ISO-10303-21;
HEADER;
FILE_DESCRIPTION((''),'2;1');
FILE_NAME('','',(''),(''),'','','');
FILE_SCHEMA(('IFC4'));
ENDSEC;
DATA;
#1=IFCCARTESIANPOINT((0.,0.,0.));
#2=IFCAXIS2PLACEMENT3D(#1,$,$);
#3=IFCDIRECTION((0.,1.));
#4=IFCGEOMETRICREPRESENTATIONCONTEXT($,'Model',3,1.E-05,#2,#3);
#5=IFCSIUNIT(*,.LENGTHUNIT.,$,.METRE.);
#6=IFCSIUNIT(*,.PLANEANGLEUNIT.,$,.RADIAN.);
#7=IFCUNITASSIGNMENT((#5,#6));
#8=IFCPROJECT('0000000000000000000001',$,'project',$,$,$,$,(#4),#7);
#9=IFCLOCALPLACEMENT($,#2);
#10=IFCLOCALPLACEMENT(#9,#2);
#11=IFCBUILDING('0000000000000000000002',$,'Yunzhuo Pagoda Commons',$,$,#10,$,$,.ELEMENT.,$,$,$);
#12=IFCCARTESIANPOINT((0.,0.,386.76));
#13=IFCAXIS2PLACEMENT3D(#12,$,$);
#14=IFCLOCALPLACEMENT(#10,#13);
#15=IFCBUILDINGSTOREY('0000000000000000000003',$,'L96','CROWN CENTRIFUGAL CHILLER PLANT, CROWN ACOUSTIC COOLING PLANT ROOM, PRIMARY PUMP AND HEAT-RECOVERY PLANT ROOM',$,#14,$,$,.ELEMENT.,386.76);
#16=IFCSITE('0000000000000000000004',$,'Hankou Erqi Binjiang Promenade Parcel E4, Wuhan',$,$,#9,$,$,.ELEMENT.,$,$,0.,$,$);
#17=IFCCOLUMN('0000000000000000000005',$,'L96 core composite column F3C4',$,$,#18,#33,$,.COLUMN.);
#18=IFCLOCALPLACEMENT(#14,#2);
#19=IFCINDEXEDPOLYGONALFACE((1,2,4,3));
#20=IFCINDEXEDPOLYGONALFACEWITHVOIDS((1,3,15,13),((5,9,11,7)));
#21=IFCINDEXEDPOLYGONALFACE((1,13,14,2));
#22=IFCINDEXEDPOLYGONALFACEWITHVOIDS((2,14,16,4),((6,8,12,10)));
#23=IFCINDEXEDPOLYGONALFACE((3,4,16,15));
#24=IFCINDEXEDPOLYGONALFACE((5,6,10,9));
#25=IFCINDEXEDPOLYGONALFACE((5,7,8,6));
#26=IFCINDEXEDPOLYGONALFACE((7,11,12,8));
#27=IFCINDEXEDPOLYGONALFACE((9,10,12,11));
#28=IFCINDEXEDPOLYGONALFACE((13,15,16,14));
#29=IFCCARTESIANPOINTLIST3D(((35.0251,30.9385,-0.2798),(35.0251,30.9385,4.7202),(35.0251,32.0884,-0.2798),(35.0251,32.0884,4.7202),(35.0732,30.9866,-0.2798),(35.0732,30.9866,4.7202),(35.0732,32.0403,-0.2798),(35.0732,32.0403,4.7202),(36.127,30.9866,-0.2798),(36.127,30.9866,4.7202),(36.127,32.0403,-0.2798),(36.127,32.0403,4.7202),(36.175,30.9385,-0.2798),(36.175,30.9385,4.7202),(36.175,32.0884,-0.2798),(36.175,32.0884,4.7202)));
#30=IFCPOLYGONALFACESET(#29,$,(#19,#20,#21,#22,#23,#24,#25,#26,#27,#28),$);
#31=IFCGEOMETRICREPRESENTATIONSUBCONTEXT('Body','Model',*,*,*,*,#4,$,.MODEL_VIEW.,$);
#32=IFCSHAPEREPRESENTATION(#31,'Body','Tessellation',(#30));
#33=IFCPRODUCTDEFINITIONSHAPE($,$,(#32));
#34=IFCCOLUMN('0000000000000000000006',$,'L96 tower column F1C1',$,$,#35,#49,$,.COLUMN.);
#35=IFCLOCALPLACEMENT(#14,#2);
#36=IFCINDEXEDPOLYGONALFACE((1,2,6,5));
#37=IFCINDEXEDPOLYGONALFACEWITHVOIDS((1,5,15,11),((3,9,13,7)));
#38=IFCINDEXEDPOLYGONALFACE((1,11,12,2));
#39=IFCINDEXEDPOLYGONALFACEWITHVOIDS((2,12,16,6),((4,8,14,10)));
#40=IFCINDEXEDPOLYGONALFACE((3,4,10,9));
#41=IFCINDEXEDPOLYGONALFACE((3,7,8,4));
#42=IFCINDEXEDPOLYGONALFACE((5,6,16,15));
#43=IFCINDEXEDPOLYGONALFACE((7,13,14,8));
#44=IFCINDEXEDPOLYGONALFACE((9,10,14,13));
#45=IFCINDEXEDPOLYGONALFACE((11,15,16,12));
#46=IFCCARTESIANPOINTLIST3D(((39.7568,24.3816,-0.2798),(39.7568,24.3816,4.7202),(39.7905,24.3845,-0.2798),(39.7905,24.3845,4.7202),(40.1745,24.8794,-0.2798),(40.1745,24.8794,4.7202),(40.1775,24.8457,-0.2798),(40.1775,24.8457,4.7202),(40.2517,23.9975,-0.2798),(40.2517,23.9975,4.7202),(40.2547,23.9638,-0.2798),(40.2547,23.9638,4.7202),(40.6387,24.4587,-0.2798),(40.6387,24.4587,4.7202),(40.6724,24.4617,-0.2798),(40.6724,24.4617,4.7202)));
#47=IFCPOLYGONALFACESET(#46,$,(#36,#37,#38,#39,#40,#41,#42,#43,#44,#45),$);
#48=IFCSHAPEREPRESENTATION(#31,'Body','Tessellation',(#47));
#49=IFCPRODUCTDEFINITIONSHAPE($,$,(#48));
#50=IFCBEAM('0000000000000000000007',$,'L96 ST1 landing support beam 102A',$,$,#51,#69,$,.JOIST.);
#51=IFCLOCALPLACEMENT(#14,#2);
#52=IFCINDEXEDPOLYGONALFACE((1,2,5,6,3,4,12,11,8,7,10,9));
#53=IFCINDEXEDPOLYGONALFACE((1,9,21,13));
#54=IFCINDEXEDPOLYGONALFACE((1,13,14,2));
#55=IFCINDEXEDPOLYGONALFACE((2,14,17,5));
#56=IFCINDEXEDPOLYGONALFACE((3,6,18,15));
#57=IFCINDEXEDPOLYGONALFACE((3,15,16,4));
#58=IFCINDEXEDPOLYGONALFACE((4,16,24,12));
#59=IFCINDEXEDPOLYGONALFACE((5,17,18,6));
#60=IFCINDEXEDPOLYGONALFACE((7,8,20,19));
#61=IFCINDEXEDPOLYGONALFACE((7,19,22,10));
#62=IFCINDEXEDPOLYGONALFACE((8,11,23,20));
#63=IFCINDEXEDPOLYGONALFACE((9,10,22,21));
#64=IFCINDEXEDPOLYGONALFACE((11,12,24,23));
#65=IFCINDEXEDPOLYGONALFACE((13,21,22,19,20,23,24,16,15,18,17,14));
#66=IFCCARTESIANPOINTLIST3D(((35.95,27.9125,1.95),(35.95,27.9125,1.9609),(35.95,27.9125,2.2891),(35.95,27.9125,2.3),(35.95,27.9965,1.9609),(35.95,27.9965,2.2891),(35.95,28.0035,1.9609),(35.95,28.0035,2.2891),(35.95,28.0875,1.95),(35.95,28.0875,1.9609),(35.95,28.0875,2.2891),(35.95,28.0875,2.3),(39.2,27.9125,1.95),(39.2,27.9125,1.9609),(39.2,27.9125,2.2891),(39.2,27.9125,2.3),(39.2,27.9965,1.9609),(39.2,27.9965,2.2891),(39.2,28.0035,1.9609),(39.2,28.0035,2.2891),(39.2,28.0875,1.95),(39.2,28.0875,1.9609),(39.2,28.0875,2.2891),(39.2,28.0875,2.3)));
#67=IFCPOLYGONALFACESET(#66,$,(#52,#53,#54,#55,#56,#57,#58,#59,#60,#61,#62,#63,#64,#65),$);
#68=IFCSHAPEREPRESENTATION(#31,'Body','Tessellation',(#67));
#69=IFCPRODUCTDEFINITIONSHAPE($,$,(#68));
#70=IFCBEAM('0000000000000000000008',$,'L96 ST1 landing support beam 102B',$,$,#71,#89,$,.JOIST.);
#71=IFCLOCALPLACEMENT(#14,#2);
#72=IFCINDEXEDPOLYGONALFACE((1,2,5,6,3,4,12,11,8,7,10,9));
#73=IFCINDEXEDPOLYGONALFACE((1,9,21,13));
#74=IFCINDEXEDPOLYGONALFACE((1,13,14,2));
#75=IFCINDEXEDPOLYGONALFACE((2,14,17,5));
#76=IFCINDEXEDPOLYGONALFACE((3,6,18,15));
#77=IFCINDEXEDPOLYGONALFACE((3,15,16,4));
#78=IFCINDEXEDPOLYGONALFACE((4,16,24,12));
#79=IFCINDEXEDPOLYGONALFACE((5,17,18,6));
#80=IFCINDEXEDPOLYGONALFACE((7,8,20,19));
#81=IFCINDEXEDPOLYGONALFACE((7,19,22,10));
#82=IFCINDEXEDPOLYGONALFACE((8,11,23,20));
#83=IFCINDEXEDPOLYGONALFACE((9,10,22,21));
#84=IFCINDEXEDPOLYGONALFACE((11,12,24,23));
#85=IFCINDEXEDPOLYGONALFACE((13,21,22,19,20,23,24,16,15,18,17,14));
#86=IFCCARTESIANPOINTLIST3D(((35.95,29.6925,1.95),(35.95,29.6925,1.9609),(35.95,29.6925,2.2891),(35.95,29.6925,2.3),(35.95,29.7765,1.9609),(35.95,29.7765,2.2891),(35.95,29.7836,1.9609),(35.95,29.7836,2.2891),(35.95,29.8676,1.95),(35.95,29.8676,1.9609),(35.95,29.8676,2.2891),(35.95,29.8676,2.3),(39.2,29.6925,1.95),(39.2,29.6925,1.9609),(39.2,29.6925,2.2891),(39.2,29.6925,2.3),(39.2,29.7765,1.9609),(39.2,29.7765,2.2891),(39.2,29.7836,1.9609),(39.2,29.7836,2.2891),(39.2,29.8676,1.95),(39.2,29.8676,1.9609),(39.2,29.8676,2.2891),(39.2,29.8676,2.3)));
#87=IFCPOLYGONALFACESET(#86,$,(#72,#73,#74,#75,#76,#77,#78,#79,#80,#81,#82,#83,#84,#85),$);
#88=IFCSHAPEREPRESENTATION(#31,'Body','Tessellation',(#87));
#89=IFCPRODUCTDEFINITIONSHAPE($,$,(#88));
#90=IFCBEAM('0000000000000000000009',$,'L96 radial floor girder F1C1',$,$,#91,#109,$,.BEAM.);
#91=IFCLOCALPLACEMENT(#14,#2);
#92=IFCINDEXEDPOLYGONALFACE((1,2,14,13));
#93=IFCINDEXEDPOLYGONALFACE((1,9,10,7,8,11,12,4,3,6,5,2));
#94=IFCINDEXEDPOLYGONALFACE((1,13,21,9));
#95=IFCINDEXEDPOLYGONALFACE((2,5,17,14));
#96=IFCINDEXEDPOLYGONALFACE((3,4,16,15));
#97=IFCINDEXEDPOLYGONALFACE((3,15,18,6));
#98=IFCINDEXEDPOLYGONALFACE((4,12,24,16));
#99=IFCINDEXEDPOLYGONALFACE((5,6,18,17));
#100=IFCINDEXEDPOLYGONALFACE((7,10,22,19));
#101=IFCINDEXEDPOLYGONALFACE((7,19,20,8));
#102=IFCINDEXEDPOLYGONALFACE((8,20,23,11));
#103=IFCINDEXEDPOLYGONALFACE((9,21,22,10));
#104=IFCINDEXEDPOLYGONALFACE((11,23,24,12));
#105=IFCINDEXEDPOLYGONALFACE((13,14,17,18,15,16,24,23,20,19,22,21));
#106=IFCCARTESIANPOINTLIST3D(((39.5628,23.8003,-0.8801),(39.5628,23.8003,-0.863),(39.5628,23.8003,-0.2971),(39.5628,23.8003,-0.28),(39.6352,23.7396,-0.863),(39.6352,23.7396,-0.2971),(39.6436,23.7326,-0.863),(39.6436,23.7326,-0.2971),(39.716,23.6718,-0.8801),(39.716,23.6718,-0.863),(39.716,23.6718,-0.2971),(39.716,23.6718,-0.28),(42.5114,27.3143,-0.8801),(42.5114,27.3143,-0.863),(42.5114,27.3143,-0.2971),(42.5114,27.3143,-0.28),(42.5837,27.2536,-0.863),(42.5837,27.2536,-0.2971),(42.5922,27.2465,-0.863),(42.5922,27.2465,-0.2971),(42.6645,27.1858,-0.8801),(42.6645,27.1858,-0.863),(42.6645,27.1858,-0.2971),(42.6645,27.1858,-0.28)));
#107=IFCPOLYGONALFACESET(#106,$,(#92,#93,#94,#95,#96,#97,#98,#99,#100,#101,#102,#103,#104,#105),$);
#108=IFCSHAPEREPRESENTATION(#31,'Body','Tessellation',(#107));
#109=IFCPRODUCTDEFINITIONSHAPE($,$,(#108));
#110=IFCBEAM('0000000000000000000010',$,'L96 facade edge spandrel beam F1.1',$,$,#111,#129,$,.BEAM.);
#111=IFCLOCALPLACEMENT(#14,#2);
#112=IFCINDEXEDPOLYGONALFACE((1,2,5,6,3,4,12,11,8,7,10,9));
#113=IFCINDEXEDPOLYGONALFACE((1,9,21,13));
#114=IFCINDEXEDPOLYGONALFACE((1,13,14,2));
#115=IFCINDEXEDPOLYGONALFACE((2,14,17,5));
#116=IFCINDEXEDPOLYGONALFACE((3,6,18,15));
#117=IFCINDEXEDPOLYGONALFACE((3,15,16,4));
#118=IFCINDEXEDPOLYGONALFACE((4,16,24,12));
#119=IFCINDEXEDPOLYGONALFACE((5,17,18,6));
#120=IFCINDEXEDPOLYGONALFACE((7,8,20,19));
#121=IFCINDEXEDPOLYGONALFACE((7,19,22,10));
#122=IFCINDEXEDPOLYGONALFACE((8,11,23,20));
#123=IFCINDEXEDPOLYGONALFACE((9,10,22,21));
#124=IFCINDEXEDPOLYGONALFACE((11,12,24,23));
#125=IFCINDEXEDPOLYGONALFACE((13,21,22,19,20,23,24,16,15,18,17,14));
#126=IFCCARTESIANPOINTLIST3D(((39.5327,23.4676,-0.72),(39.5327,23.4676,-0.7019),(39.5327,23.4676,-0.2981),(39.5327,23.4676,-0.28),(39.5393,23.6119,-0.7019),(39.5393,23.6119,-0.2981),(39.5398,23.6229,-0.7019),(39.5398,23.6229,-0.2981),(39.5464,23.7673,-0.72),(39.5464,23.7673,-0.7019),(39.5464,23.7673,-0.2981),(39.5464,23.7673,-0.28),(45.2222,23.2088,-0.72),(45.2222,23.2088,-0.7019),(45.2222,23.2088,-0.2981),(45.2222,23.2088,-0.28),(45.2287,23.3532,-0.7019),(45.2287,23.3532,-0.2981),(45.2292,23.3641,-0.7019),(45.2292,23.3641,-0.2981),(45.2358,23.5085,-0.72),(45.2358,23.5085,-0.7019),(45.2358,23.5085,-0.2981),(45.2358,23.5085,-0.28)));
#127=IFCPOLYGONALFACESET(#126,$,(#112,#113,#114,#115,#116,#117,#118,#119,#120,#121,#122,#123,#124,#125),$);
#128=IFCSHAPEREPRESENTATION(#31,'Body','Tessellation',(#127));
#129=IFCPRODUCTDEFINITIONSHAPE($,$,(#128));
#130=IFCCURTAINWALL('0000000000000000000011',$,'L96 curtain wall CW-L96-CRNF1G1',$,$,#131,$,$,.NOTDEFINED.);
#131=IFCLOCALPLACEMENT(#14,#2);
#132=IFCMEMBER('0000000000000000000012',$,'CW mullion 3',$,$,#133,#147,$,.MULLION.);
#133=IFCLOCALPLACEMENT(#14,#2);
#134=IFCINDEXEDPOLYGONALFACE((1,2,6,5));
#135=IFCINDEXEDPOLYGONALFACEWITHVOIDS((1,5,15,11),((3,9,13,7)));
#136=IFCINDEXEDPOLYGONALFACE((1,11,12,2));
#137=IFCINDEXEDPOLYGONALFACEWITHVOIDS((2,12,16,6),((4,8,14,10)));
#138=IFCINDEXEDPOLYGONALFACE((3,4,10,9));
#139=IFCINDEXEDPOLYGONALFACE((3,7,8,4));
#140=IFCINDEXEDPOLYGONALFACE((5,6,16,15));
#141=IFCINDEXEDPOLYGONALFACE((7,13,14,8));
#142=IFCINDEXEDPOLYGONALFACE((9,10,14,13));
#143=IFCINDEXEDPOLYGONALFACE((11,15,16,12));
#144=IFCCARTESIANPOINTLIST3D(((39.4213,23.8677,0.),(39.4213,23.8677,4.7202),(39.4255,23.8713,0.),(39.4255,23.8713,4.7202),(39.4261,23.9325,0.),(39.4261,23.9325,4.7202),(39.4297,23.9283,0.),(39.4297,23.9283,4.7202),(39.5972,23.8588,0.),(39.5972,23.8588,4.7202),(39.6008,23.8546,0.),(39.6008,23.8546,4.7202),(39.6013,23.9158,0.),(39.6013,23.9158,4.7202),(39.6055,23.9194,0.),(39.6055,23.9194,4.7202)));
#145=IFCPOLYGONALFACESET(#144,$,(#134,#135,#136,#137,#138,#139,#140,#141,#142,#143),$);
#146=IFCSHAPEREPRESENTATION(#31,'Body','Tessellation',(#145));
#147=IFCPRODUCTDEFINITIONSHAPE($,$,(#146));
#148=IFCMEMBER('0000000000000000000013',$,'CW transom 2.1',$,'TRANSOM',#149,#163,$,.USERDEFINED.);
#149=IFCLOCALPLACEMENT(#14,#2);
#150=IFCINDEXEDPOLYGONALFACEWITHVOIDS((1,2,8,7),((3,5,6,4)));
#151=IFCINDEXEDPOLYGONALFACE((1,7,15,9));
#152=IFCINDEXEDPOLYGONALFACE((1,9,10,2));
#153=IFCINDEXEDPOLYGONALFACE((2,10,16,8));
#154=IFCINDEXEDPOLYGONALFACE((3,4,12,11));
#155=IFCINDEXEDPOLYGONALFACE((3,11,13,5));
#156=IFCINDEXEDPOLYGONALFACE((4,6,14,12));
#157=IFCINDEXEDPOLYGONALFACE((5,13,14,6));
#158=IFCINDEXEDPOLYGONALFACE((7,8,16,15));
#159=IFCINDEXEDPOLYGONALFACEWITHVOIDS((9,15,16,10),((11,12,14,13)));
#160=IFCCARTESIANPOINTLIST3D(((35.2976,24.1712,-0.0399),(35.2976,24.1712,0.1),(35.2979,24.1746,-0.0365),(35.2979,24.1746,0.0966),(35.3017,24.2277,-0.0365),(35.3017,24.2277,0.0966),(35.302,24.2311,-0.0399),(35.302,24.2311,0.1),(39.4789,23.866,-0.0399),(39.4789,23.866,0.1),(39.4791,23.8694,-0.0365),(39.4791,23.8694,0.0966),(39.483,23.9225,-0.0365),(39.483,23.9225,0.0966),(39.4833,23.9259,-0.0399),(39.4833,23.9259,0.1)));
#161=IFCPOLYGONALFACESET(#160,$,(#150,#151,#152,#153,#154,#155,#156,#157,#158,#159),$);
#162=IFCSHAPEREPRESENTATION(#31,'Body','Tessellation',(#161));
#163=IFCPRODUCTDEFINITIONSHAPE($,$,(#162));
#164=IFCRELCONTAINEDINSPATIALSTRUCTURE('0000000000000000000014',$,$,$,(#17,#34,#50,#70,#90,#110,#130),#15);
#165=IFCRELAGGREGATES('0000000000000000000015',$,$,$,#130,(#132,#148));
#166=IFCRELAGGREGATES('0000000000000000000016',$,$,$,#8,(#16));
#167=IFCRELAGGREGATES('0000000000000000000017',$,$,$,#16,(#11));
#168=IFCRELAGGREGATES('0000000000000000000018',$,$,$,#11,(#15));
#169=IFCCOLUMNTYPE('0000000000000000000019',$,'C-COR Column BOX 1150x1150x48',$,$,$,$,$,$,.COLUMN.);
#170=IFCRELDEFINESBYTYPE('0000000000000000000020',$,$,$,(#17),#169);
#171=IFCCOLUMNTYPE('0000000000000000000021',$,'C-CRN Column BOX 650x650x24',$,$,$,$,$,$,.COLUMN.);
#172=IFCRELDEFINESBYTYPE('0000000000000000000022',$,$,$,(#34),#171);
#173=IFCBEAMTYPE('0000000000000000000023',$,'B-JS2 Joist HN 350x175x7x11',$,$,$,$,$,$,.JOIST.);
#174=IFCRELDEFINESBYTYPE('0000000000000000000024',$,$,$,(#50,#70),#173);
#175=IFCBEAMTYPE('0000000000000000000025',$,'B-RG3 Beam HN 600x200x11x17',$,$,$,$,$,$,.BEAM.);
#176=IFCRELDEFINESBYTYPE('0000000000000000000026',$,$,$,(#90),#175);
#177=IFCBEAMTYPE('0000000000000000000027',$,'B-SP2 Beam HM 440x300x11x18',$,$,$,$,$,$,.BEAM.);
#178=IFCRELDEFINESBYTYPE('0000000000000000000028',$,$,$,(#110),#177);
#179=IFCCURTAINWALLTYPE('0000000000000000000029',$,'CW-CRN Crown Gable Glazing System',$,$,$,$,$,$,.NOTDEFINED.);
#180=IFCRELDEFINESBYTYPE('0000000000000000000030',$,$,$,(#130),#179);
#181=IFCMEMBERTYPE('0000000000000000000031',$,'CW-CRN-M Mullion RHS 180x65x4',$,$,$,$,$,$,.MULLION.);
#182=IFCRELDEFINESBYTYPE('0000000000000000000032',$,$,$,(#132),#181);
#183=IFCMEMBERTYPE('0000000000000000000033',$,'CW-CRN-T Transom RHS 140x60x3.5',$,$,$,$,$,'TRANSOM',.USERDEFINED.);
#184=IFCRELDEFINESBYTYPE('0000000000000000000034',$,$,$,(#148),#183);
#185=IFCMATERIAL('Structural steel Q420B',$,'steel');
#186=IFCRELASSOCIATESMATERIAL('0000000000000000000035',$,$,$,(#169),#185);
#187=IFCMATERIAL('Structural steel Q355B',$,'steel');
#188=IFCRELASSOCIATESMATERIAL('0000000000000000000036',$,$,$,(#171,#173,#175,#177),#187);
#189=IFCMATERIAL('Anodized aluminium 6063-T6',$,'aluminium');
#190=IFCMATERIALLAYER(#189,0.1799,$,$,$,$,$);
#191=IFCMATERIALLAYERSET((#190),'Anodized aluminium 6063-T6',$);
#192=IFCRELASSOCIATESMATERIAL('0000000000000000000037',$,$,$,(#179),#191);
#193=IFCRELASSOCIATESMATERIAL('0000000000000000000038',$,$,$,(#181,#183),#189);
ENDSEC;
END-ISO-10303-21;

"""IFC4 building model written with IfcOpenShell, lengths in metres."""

from ifc_helpers import new_model, si_unit, direction, frame, origin, origin_2d, place, context, subcontext, project, spatial, hollow_rectangle, i_section, extrude, source, transform, mapped, material, layer, layer_set, material_profile, profile_set, type_object, element, aggregate, save


model = new_model("IFC4")

# Units and contexts
model_context = context("Model", 3, precision=1e-05, world=origin(), true_north=direction((0.0, 1.0)))
body_context = subcontext(model_context, "Body", "Model", "MODEL_VIEW")
ifc_project = project(units=[si_unit("LENGTHUNIT", "METRE"), si_unit("PLANEANGLEUNIT", "RADIAN")], contexts=[model_context])

# Site, building, storey
site_placement = place(None, origin())
site = spatial("IfcSite", under=ifc_project, at=site_placement, Name="Hankou Erqi Binjiang Promenade Parcel E4, Wuhan", CompositionType="ELEMENT", RefElevation=0.0)
building_placement = place(site_placement, origin())
building = spatial("IfcBuilding", under=site, at=building_placement, Name="Yunzhuo Pagoda Commons", CompositionType="ELEMENT")
storey_placement = place(building_placement, frame((0.0, 0.0, 386.76)))
storey = spatial("IfcBuildingStorey", under=building, at=storey_placement, Name="L96", Description="CROWN CENTRIFUGAL CHILLER PLANT, CROWN ACOUSTIC COOLING PLANT ROOM, PRIMARY PUMP AND HEAT-RECOVERY PLANT ROOM", CompositionType="ELEMENT", Elevation=386.76)

# Columns
ifc_material_1 = material(Name="Structural steel Q420B", Category="steel")
ifc_material_profile_1 = material_profile(ifc_material_1, hollow_rectangle(XDim=1.1499, YDim=1.1499, WallThickness=0.0481, at=origin_2d()), Name="Structural steel Q420B")
ifc_profile_set_1 = profile_set([ifc_material_profile_1], Name="Structural steel Q420B")
column_type_1 = type_object("IfcColumnType", Name="C-COR Column BOX 1150x1150x48", PredefinedType="COLUMN", material=ifc_profile_set_1)
shared_shape_1 = source(origin(), body_context, "Body", "SweptSolid", [
    extrude(hollow_rectangle(XDim=1.1499, YDim=1.1499, WallThickness=0.0481, at=origin_2d()), origin(), (0.0, 0.0, 1.0), 5.0),
])
column_1_placement = place(storey_placement, frame((35.6001, 31.5134, -0.2798), z_axis=(0.0, 0.0, 1.0), x_axis=(1.0, 0.0, 0.0)))
element("IfcColumn", 1, at=column_1_placement, inside=storey, type_object=column_type_1, Name="L96 core composite column F3C4", PredefinedType="COLUMN", context=body_context, shape_type="MappedRepresentation", body=[
    mapped(shared_shape_1, transform((0.0, 0.0, 0.0), scale=1.0)),
])
ifc_material_2 = material(Name="Structural steel Q355B", Category="steel")
ifc_material_profile_2 = material_profile(ifc_material_2, hollow_rectangle(XDim=0.6499, YDim=0.6499, WallThickness=0.0239, at=origin_2d()), Name="Structural steel Q355B")
ifc_profile_set_2 = profile_set([ifc_material_profile_2], Name="Structural steel Q355B")
column_type_2 = type_object("IfcColumnType", Name="C-CRN Column BOX 650x650x24", PredefinedType="COLUMN", material=ifc_profile_set_2)
shared_shape_2 = source(origin(), body_context, "Body", "SweptSolid", [
    extrude(hollow_rectangle(XDim=0.6499, YDim=0.6499, WallThickness=0.0239, at=origin_2d()), origin(), (0.0, 0.0, 1.0), 5.0),
])
column_2_placement = place(storey_placement, frame((40.2146, 24.4216, -0.2798), z_axis=(0.0, 0.0, 1.0), x_axis=(0.766044, -0.642788, 0.0)))
element("IfcColumn", 2, at=column_2_placement, inside=storey, type_object=column_type_2, Name="L96 tower column F1C1", PredefinedType="COLUMN", context=body_context, shape_type="MappedRepresentation", body=[
    mapped(shared_shape_2, transform((0.0, 0.0, 0.0), scale=1.0)),
])

# Beams
ifc_material_profile_3 = material_profile(ifc_material_2, i_section(OverallWidth=0.175, OverallDepth=0.3501, WebThickness=0.0071, FlangeThickness=0.011, at=origin_2d()), Name="Structural steel Q355B")
ifc_profile_set_3 = profile_set([ifc_material_profile_3], Name="Structural steel Q355B")
beam_type_1 = type_object("IfcBeamType", Name="B-JS2 Joist HN 350x175x7x11", PredefinedType="JOIST", material=ifc_profile_set_3)
shared_shape_3 = source(origin(), body_context, "Body", "SweptSolid", [
    extrude(i_section(OverallWidth=0.175, OverallDepth=0.3501, WebThickness=0.0071, FlangeThickness=0.011, at=origin_2d()), origin(), (0.0, 0.0, 1.0), 3.25),
])
for number, where, z_axis, x_axis, name in (
    (3, (35.95, 28.0, 2.125), (1.0, 0.0, 0.0), (0.0, 1.0, 0.0), "L96 ST1 landing support beam 102A"),
    (4, (35.95, 29.78, 2.125), (1.0, 0.0, 0.0), (0.0, 1.0, 0.0), "L96 ST1 landing support beam 102B"),
):
    element("IfcBeam", number, at=place(storey_placement, frame(where, z_axis=z_axis, x_axis=x_axis)), inside=storey, type_object=beam_type_1, Name=name, PredefinedType="JOIST", context=body_context, shape_type="MappedRepresentation", body=[
        mapped(shared_shape_3, transform((0.0, 0.0, 0.0), scale=1.0)),
    ])
ifc_material_profile_4 = material_profile(ifc_material_2, i_section(OverallWidth=0.2, OverallDepth=0.6001, WebThickness=0.011, FlangeThickness=0.0171, at=origin_2d()), Name="Structural steel Q355B")
ifc_profile_set_4 = profile_set([ifc_material_profile_4], Name="Structural steel Q355B")
beam_type_2 = type_object("IfcBeamType", Name="B-RG3 Beam HN 600x200x11x17", PredefinedType="BEAM", material=ifc_profile_set_4)
shared_shape_4 = source(origin(), body_context, "Body", "SweptSolid", [
    extrude(i_section(OverallWidth=0.2, OverallDepth=0.6001, WebThickness=0.011, FlangeThickness=0.0171, at=origin_2d()), origin(), (0.0, 0.0, 1.0), 4.5872),
])
beam_1_placement = place(storey_placement, frame((39.6394, 23.7361, -0.5801), z_axis=(0.642783, 0.766049, 0.0), x_axis=(-0.766049, 0.642783, 0.0)))
element("IfcBeam", 5, at=beam_1_placement, inside=storey, type_object=beam_type_2, Name="L96 radial floor girder F1C1", PredefinedType="BEAM", context=body_context, shape_type="MappedRepresentation", body=[
    mapped(shared_shape_4, transform((0.0, 0.0, 0.0), scale=1.0)),
])
ifc_material_profile_5 = material_profile(ifc_material_2, i_section(OverallWidth=0.3, OverallDepth=0.4399, WebThickness=0.011, FlangeThickness=0.0181, at=origin_2d()), Name="Structural steel Q355B")
ifc_profile_set_5 = profile_set([ifc_material_profile_5], Name="Structural steel Q355B")
beam_type_3 = type_object("IfcBeamType", Name="B-SP2 Beam HM 440x300x11x18", PredefinedType="BEAM", material=ifc_profile_set_5)
shared_shape_5 = source(origin(), body_context, "Body", "SweptSolid", [
    extrude(i_section(OverallWidth=0.3, OverallDepth=0.4399, WebThickness=0.011, FlangeThickness=0.0181, at=origin_2d()), origin(), (0.0, 0.0, 1.0), 5.6953),
])
beam_2_placement = place(storey_placement, frame((39.5396, 23.6174, -0.5), z_axis=(0.998967, -0.045439, 0.0), x_axis=(0.045439, 0.998967, 0.0)))
element("IfcBeam", 6, at=beam_2_placement, inside=storey, type_object=beam_type_3, Name="L96 facade edge spandrel beam F1.1", PredefinedType="BEAM", context=body_context, shape_type="MappedRepresentation", body=[
    mapped(shared_shape_5, transform((0.0, 0.0, 0.0), scale=1.0)),
])

# Curtain wall, members
ifc_material_3 = material(Name="Anodized aluminium 6063-T6", Category="aluminium")
ifc_layer_1 = layer(ifc_material_3, 0.1799)
ifc_layer_set_1 = layer_set([ifc_layer_1], Name="Anodized aluminium 6063-T6")
curtain_wall_type = type_object("IfcCurtainWallType", Name="CW-CRN Crown Gable Glazing System", PredefinedType="NOTDEFINED", material=ifc_layer_set_1)
curtain_wall_placement = place(storey_placement, origin())
curtain_wall = element("IfcCurtainWall", 7, at=curtain_wall_placement, inside=storey, type_object=curtain_wall_type, Name="L96 curtain wall CW-L96-CRNF1G1", PredefinedType="NOTDEFINED")
ifc_material_profile_6 = material_profile(ifc_material_3, hollow_rectangle(XDim=0.0649, YDim=0.1799, WallThickness=0.0039, at=origin_2d()), Name="Anodized aluminium 6063-T6")
ifc_profile_set_6 = profile_set([ifc_material_profile_6], Name="Anodized aluminium 6063-T6")
member_type_1 = type_object("IfcMemberType", Name="CW-CRN-M Mullion RHS 180x65x4", PredefinedType="MULLION", material=ifc_profile_set_6)
shared_shape_6 = source(origin(), body_context, "Body", "SweptSolid", [
    extrude(hollow_rectangle(XDim=0.0649, YDim=0.1799, WallThickness=0.0039, at=origin_2d()), origin(), (0.0, 0.0, 1.0), 4.7202),
])
member_1_placement = place(storey_placement, frame((39.5134, 23.8936, 0.0), z_axis=(0.0, 0.0, 1.0), x_axis=(0.072796, 0.997347, 0.0)))
member_1 = element("IfcMember", 8, at=member_1_placement, type_object=member_type_1, Name="CW mullion 3", PredefinedType="MULLION", context=body_context, shape_type="MappedRepresentation", body=[
    mapped(shared_shape_6, transform((0.0, 0.0, 0.0), scale=1.0)),
])
ifc_material_profile_7 = material_profile(ifc_material_3, hollow_rectangle(XDim=0.0601, YDim=0.1399, WallThickness=0.0034, at=origin_2d()), Name="Anodized aluminium 6063-T6")
ifc_profile_set_7 = profile_set([ifc_material_profile_7], Name="Anodized aluminium 6063-T6")
member_type_2 = type_object("IfcMemberType", Name="CW-CRN-T Transom RHS 140x60x3.5", ElementType="TRANSOM", PredefinedType="USERDEFINED", material=ifc_profile_set_7)
shared_shape_7 = source(origin(), body_context, "Body", "SweptSolid", [
    extrude(hollow_rectangle(XDim=0.0601, YDim=0.1399, WallThickness=0.0034, at=origin_2d()), origin(), (0.0, 0.0, 1.0), 4.1924),
])
member_2_placement = place(storey_placement, frame((35.2998, 24.2012, 0.03), z_axis=(0.997347, -0.072795, 0.0), x_axis=(0.072795, 0.997347, 0.0)))
member_2 = element("IfcMember", 9, at=member_2_placement, type_object=member_type_2, Name="CW transom 2.1", ObjectType="TRANSOM", PredefinedType="USERDEFINED", context=body_context, shape_type="MappedRepresentation", body=[
    mapped(shared_shape_7, transform((0.0, 0.0, 0.0), scale=1.0)),
])
aggregate(curtain_wall, [member_1, member_2])

save(model, "model.ifc")
